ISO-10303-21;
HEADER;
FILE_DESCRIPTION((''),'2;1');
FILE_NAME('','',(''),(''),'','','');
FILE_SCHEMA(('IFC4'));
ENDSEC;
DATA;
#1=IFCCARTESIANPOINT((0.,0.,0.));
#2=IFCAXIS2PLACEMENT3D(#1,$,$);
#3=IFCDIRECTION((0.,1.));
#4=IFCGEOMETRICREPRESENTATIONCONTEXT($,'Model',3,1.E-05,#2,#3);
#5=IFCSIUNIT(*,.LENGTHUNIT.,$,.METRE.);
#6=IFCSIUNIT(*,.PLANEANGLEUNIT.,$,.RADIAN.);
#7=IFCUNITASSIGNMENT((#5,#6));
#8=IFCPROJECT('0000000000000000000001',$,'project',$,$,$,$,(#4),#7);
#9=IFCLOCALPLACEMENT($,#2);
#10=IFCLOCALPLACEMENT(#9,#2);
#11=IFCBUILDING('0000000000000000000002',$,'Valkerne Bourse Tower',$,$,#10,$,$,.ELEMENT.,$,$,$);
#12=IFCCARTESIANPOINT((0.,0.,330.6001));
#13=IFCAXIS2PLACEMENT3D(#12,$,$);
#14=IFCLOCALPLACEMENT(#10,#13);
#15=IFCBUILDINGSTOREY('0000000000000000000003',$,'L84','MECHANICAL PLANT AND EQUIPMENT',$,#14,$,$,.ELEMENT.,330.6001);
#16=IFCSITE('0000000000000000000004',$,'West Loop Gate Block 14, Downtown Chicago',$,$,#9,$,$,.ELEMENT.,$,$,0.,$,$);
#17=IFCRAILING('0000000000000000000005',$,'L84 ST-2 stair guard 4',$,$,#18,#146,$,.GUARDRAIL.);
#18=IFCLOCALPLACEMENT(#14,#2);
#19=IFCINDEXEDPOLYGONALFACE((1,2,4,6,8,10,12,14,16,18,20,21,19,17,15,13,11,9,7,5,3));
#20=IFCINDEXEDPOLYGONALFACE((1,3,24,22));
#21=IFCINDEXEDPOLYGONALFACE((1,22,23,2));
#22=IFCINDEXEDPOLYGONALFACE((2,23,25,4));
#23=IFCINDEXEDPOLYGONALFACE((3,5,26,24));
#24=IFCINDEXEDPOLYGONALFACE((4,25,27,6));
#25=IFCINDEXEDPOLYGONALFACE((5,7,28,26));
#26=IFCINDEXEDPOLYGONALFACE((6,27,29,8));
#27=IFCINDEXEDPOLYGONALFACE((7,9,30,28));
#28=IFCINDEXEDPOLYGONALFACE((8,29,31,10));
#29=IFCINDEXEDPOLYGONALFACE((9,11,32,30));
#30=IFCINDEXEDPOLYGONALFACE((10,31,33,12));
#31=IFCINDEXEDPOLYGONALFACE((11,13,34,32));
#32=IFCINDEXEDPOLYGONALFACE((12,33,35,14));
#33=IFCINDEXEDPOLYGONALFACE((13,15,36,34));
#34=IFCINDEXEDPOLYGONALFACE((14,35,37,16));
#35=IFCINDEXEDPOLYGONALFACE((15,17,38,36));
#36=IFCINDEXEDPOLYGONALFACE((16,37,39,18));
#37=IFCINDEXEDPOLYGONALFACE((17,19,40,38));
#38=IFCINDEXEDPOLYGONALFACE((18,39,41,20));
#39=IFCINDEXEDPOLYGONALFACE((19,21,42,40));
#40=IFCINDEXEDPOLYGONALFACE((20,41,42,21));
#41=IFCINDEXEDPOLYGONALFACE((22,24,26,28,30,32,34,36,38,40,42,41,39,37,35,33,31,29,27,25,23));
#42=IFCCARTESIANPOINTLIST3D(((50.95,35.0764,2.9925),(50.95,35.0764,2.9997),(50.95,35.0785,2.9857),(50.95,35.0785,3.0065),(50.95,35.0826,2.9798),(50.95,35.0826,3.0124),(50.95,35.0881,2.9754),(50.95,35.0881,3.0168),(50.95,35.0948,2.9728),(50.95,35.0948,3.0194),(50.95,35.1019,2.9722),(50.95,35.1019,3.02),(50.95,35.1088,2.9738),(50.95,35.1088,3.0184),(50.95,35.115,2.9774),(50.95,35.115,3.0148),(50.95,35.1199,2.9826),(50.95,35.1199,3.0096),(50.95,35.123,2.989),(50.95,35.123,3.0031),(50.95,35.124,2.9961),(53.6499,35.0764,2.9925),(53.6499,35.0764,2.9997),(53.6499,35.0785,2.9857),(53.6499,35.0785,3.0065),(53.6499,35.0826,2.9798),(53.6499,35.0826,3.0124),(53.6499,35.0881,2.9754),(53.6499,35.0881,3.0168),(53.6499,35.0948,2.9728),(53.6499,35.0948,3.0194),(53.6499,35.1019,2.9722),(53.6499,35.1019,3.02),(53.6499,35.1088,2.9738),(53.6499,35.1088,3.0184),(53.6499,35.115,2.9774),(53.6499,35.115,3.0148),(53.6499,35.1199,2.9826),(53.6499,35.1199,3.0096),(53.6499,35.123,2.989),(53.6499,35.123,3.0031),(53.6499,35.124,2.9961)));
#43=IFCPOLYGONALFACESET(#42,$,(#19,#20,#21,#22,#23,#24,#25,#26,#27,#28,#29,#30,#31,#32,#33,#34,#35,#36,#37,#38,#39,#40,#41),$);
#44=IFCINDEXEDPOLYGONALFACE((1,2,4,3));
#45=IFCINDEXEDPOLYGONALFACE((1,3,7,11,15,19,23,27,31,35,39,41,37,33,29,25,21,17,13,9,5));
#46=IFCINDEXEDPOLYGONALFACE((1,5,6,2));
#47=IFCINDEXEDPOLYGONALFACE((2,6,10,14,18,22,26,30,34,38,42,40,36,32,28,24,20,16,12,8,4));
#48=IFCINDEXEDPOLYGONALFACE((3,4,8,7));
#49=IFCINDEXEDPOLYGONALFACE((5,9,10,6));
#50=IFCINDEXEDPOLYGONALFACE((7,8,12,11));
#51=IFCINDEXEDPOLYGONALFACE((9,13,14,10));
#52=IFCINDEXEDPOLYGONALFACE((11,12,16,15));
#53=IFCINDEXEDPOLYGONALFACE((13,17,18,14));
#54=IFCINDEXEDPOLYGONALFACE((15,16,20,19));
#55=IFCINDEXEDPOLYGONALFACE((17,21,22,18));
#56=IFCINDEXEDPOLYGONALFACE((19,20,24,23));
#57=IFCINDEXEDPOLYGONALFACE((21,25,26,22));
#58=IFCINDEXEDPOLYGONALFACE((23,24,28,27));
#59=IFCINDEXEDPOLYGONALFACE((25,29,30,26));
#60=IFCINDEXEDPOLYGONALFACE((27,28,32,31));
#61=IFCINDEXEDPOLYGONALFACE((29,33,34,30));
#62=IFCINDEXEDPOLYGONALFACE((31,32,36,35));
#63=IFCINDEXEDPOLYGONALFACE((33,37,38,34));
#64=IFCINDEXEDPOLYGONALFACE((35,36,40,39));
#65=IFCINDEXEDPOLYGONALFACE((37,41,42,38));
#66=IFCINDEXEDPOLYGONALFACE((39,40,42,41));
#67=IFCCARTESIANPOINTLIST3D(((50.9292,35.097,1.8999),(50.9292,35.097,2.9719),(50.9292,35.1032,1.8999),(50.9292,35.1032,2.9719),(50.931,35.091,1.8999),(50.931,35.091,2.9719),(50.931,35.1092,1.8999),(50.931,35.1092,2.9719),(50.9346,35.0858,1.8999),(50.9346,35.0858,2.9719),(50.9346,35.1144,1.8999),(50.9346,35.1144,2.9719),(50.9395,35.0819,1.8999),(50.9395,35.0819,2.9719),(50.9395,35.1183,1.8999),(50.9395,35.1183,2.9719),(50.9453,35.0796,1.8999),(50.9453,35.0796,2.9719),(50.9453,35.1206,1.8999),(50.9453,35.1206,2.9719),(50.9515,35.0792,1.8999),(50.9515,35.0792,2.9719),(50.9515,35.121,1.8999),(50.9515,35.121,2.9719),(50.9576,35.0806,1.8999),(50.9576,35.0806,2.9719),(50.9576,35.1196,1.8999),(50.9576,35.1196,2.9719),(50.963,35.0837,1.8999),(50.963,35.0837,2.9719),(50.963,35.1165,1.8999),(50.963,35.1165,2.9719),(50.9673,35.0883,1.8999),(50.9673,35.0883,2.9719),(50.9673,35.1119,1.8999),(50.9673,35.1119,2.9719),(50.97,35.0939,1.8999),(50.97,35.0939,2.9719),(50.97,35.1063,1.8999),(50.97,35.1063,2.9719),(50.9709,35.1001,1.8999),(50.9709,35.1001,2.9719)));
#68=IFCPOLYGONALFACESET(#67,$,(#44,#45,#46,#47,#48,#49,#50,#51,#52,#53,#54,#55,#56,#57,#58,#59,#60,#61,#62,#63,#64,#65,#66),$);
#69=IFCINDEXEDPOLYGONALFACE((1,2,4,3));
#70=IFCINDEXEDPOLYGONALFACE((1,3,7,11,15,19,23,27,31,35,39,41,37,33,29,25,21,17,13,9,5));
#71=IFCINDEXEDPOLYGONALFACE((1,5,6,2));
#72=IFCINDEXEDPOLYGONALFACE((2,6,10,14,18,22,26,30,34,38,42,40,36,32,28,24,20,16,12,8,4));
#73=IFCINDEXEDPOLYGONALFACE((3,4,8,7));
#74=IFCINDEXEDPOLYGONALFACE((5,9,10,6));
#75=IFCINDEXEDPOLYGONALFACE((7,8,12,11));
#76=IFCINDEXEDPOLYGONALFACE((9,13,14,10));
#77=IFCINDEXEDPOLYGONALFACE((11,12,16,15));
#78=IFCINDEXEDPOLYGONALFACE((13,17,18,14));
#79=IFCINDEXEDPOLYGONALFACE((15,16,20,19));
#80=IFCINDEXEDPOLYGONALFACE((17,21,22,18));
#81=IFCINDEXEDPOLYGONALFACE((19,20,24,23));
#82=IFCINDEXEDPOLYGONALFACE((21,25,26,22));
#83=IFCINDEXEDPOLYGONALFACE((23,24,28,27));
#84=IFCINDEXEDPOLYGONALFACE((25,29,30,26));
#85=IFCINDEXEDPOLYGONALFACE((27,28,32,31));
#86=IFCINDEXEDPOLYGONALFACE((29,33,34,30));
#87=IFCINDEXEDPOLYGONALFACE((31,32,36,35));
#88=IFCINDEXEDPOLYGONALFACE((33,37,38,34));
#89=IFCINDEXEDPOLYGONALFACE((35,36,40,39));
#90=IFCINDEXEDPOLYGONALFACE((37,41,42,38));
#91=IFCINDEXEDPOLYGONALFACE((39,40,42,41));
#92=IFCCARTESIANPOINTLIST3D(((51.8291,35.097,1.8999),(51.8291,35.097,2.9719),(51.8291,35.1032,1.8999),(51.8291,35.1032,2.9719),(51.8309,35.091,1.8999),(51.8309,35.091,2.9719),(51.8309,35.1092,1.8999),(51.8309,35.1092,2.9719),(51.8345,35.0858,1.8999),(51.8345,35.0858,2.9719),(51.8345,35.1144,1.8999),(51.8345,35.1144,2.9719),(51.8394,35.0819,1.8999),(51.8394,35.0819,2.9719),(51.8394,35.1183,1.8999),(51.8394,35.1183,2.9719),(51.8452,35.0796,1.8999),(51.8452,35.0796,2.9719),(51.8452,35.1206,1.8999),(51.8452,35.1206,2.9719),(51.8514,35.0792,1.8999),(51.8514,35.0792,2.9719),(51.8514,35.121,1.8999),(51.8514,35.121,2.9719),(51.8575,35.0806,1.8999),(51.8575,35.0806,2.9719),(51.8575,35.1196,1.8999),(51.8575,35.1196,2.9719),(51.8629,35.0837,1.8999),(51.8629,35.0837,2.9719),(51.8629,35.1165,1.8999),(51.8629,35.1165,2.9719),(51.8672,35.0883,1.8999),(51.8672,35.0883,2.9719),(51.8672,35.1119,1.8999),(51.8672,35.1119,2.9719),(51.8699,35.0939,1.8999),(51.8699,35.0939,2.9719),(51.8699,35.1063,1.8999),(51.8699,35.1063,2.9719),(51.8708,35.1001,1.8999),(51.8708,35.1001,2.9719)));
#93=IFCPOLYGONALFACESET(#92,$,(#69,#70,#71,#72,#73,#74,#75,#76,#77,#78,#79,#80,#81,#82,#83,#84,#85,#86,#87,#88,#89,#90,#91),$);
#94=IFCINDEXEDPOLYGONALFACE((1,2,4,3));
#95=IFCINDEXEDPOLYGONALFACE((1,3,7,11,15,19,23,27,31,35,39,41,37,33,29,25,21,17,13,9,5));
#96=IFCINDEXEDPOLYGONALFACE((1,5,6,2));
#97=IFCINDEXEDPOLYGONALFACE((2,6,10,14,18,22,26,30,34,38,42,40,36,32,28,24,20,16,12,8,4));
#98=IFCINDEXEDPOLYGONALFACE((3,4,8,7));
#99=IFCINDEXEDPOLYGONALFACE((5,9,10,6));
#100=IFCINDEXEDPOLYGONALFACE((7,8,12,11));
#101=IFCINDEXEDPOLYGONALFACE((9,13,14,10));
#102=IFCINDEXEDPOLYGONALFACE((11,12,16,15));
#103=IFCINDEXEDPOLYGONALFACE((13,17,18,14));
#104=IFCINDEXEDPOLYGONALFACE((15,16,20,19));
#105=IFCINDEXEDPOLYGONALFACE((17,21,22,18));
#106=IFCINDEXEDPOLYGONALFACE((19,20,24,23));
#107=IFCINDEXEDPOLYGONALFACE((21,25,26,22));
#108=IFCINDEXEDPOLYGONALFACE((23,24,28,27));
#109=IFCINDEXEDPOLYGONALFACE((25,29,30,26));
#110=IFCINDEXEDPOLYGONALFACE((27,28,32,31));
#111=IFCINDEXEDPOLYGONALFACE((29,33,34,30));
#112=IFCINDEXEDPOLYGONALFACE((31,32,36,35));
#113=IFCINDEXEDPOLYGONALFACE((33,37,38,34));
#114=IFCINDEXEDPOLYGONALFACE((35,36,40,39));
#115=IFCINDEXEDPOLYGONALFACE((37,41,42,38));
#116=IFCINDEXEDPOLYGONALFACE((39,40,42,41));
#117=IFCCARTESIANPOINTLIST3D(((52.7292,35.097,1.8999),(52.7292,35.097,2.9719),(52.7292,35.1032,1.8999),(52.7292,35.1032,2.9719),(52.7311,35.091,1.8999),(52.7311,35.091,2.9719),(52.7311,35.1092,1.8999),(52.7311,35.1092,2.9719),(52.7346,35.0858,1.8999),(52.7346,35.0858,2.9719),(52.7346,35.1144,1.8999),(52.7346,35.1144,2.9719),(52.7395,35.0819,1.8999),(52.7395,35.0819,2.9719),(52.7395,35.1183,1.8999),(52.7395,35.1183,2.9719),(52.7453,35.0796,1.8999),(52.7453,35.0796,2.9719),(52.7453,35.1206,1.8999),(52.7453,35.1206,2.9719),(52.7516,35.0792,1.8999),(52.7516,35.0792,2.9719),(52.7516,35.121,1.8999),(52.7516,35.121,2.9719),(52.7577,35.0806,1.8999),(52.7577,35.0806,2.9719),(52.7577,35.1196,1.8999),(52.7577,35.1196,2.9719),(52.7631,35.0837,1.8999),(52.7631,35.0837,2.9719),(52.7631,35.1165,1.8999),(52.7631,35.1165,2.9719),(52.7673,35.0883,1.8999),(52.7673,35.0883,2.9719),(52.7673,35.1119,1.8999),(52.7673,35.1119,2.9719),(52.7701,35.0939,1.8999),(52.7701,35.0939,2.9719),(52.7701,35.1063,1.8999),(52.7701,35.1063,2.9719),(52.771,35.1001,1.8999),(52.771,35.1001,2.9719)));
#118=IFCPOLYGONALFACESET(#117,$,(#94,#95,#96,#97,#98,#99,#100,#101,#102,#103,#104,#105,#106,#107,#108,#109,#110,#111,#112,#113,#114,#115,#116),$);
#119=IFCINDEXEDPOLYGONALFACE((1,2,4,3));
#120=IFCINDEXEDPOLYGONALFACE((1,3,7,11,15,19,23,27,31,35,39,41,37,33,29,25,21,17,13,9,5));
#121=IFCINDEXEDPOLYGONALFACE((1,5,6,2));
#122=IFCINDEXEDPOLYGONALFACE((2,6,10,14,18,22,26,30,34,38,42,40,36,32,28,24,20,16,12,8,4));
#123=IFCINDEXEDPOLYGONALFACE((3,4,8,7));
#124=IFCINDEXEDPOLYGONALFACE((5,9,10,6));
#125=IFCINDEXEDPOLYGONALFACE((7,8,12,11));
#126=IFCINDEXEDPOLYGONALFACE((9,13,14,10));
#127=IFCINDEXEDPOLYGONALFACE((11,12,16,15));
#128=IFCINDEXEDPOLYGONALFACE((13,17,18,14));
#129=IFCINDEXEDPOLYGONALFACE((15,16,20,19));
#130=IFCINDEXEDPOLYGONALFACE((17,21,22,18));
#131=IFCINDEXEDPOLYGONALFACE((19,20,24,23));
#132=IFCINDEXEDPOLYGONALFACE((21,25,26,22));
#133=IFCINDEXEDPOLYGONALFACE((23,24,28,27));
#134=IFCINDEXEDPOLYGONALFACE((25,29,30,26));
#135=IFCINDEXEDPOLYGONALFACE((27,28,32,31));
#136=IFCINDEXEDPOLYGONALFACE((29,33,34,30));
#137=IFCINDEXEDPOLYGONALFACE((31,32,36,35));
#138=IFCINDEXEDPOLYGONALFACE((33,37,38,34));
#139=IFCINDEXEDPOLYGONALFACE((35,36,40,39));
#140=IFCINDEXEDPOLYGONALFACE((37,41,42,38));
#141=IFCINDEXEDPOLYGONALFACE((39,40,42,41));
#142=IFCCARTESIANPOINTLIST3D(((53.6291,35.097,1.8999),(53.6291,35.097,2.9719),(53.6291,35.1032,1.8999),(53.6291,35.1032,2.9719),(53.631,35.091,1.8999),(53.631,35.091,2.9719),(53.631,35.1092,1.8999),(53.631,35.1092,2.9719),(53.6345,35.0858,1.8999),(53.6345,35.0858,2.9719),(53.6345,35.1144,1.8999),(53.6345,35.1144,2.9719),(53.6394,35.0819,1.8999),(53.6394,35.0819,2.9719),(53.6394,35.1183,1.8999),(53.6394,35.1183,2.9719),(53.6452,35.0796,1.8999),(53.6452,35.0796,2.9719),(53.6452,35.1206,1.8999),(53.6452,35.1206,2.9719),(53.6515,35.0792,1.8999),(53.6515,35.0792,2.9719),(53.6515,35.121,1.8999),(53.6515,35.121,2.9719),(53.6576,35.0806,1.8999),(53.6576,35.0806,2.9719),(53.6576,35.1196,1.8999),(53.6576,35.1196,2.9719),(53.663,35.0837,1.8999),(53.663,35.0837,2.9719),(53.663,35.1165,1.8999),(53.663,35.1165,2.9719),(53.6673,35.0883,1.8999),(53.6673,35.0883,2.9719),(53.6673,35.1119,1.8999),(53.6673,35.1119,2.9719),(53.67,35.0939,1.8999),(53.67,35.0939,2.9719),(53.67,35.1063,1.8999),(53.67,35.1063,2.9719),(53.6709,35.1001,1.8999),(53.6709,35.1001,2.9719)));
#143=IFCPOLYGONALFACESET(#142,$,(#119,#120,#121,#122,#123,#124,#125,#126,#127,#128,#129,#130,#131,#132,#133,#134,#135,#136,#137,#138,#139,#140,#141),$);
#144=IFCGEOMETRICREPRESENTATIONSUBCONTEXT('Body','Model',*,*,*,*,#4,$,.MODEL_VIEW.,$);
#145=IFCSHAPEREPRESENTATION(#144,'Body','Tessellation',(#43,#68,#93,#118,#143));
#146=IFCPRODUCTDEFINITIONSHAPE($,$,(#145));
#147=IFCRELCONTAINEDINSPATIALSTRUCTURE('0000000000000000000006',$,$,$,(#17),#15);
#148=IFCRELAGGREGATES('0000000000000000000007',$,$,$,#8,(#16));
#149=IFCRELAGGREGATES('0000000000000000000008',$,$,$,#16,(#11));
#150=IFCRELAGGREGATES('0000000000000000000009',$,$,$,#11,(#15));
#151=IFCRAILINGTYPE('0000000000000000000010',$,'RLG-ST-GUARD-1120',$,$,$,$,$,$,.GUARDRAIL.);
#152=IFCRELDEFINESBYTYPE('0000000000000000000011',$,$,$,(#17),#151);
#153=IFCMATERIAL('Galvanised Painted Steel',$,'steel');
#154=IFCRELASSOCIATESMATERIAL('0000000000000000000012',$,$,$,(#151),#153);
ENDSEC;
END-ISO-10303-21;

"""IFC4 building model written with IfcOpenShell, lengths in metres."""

from ifc_helpers import new_model, si_unit, direction, frame, origin, origin_2d, place, context, subcontext, project, spatial, circle, extrude, material, type_object, element, save


model = new_model("IFC4")

# Units and contexts
model_context = context("Model", 3, precision=1e-05, world=origin(), true_north=direction((0.0, 1.0)))
body_context = subcontext(model_context, "Body", "Model", "MODEL_VIEW")
ifc_project = project(units=[si_unit("LENGTHUNIT", "METRE"), si_unit("PLANEANGLEUNIT", "RADIAN")], contexts=[model_context])

# Site, building, storey
site_placement = place(None, origin())
site = spatial("IfcSite", under=ifc_project, at=site_placement, Name="West Loop Gate Block 14, Downtown Chicago", CompositionType="ELEMENT", RefElevation=0.0)
building_placement = place(site_placement, origin())
building = spatial("IfcBuilding", under=site, at=building_placement, Name="Valkerne Bourse Tower", CompositionType="ELEMENT")
storey_placement = place(building_placement, frame((0.0, 0.0, 330.6001)))
storey = spatial("IfcBuildingStorey", under=building, at=storey_placement, Name="L84", Description="MECHANICAL PLANT AND EQUIPMENT", CompositionType="ELEMENT", Elevation=330.6001)

# Shared definitions
ifc_material_1 = material(Name="Galvanised Painted Steel", Category="steel")

# Railing
railing_type_1 = type_object("IfcRailingType", Name="RLG-ST-GUARD-1120", PredefinedType="GUARDRAIL", material=ifc_material_1)
railing_1_placement = place(storey_placement, frame((50.95, 35.1001, 1.8999)))
element("IfcRailing", 1, at=railing_1_placement, inside=storey, type_object=railing_type_1, Name="L84 ST-2 stair guard 4", PredefinedType="GUARDRAIL", context=body_context, shape_type="SweptSolid", body=[
    extrude(circle(Radius=0.0239, at=origin_2d()), frame((0.0, 0.0, 1.0962), z_axis=(1.0, 0.0, 0.0), x_axis=(0.0, 1.0, 0.0)), (0.0, 0.0, 1.0), 2.7),
    extrude(circle(Radius=0.021, at=origin_2d()), origin(), (0.0, 0.0, 1.0), 1.072),
    extrude(circle(Radius=0.021, at=origin_2d()), frame((0.8999, 0.0, 0.0)), (0.0, 0.0, 1.0), 1.072),
    extrude(circle(Radius=0.021, at=origin_2d()), frame((1.8, 0.0, 0.0)), (0.0, 0.0, 1.0), 1.072),
    extrude(circle(Radius=0.021, at=origin_2d()), frame((2.7, 0.0, 0.0)), (0.0, 0.0, 1.0), 1.072),
])

save(model, "model.ifc")
